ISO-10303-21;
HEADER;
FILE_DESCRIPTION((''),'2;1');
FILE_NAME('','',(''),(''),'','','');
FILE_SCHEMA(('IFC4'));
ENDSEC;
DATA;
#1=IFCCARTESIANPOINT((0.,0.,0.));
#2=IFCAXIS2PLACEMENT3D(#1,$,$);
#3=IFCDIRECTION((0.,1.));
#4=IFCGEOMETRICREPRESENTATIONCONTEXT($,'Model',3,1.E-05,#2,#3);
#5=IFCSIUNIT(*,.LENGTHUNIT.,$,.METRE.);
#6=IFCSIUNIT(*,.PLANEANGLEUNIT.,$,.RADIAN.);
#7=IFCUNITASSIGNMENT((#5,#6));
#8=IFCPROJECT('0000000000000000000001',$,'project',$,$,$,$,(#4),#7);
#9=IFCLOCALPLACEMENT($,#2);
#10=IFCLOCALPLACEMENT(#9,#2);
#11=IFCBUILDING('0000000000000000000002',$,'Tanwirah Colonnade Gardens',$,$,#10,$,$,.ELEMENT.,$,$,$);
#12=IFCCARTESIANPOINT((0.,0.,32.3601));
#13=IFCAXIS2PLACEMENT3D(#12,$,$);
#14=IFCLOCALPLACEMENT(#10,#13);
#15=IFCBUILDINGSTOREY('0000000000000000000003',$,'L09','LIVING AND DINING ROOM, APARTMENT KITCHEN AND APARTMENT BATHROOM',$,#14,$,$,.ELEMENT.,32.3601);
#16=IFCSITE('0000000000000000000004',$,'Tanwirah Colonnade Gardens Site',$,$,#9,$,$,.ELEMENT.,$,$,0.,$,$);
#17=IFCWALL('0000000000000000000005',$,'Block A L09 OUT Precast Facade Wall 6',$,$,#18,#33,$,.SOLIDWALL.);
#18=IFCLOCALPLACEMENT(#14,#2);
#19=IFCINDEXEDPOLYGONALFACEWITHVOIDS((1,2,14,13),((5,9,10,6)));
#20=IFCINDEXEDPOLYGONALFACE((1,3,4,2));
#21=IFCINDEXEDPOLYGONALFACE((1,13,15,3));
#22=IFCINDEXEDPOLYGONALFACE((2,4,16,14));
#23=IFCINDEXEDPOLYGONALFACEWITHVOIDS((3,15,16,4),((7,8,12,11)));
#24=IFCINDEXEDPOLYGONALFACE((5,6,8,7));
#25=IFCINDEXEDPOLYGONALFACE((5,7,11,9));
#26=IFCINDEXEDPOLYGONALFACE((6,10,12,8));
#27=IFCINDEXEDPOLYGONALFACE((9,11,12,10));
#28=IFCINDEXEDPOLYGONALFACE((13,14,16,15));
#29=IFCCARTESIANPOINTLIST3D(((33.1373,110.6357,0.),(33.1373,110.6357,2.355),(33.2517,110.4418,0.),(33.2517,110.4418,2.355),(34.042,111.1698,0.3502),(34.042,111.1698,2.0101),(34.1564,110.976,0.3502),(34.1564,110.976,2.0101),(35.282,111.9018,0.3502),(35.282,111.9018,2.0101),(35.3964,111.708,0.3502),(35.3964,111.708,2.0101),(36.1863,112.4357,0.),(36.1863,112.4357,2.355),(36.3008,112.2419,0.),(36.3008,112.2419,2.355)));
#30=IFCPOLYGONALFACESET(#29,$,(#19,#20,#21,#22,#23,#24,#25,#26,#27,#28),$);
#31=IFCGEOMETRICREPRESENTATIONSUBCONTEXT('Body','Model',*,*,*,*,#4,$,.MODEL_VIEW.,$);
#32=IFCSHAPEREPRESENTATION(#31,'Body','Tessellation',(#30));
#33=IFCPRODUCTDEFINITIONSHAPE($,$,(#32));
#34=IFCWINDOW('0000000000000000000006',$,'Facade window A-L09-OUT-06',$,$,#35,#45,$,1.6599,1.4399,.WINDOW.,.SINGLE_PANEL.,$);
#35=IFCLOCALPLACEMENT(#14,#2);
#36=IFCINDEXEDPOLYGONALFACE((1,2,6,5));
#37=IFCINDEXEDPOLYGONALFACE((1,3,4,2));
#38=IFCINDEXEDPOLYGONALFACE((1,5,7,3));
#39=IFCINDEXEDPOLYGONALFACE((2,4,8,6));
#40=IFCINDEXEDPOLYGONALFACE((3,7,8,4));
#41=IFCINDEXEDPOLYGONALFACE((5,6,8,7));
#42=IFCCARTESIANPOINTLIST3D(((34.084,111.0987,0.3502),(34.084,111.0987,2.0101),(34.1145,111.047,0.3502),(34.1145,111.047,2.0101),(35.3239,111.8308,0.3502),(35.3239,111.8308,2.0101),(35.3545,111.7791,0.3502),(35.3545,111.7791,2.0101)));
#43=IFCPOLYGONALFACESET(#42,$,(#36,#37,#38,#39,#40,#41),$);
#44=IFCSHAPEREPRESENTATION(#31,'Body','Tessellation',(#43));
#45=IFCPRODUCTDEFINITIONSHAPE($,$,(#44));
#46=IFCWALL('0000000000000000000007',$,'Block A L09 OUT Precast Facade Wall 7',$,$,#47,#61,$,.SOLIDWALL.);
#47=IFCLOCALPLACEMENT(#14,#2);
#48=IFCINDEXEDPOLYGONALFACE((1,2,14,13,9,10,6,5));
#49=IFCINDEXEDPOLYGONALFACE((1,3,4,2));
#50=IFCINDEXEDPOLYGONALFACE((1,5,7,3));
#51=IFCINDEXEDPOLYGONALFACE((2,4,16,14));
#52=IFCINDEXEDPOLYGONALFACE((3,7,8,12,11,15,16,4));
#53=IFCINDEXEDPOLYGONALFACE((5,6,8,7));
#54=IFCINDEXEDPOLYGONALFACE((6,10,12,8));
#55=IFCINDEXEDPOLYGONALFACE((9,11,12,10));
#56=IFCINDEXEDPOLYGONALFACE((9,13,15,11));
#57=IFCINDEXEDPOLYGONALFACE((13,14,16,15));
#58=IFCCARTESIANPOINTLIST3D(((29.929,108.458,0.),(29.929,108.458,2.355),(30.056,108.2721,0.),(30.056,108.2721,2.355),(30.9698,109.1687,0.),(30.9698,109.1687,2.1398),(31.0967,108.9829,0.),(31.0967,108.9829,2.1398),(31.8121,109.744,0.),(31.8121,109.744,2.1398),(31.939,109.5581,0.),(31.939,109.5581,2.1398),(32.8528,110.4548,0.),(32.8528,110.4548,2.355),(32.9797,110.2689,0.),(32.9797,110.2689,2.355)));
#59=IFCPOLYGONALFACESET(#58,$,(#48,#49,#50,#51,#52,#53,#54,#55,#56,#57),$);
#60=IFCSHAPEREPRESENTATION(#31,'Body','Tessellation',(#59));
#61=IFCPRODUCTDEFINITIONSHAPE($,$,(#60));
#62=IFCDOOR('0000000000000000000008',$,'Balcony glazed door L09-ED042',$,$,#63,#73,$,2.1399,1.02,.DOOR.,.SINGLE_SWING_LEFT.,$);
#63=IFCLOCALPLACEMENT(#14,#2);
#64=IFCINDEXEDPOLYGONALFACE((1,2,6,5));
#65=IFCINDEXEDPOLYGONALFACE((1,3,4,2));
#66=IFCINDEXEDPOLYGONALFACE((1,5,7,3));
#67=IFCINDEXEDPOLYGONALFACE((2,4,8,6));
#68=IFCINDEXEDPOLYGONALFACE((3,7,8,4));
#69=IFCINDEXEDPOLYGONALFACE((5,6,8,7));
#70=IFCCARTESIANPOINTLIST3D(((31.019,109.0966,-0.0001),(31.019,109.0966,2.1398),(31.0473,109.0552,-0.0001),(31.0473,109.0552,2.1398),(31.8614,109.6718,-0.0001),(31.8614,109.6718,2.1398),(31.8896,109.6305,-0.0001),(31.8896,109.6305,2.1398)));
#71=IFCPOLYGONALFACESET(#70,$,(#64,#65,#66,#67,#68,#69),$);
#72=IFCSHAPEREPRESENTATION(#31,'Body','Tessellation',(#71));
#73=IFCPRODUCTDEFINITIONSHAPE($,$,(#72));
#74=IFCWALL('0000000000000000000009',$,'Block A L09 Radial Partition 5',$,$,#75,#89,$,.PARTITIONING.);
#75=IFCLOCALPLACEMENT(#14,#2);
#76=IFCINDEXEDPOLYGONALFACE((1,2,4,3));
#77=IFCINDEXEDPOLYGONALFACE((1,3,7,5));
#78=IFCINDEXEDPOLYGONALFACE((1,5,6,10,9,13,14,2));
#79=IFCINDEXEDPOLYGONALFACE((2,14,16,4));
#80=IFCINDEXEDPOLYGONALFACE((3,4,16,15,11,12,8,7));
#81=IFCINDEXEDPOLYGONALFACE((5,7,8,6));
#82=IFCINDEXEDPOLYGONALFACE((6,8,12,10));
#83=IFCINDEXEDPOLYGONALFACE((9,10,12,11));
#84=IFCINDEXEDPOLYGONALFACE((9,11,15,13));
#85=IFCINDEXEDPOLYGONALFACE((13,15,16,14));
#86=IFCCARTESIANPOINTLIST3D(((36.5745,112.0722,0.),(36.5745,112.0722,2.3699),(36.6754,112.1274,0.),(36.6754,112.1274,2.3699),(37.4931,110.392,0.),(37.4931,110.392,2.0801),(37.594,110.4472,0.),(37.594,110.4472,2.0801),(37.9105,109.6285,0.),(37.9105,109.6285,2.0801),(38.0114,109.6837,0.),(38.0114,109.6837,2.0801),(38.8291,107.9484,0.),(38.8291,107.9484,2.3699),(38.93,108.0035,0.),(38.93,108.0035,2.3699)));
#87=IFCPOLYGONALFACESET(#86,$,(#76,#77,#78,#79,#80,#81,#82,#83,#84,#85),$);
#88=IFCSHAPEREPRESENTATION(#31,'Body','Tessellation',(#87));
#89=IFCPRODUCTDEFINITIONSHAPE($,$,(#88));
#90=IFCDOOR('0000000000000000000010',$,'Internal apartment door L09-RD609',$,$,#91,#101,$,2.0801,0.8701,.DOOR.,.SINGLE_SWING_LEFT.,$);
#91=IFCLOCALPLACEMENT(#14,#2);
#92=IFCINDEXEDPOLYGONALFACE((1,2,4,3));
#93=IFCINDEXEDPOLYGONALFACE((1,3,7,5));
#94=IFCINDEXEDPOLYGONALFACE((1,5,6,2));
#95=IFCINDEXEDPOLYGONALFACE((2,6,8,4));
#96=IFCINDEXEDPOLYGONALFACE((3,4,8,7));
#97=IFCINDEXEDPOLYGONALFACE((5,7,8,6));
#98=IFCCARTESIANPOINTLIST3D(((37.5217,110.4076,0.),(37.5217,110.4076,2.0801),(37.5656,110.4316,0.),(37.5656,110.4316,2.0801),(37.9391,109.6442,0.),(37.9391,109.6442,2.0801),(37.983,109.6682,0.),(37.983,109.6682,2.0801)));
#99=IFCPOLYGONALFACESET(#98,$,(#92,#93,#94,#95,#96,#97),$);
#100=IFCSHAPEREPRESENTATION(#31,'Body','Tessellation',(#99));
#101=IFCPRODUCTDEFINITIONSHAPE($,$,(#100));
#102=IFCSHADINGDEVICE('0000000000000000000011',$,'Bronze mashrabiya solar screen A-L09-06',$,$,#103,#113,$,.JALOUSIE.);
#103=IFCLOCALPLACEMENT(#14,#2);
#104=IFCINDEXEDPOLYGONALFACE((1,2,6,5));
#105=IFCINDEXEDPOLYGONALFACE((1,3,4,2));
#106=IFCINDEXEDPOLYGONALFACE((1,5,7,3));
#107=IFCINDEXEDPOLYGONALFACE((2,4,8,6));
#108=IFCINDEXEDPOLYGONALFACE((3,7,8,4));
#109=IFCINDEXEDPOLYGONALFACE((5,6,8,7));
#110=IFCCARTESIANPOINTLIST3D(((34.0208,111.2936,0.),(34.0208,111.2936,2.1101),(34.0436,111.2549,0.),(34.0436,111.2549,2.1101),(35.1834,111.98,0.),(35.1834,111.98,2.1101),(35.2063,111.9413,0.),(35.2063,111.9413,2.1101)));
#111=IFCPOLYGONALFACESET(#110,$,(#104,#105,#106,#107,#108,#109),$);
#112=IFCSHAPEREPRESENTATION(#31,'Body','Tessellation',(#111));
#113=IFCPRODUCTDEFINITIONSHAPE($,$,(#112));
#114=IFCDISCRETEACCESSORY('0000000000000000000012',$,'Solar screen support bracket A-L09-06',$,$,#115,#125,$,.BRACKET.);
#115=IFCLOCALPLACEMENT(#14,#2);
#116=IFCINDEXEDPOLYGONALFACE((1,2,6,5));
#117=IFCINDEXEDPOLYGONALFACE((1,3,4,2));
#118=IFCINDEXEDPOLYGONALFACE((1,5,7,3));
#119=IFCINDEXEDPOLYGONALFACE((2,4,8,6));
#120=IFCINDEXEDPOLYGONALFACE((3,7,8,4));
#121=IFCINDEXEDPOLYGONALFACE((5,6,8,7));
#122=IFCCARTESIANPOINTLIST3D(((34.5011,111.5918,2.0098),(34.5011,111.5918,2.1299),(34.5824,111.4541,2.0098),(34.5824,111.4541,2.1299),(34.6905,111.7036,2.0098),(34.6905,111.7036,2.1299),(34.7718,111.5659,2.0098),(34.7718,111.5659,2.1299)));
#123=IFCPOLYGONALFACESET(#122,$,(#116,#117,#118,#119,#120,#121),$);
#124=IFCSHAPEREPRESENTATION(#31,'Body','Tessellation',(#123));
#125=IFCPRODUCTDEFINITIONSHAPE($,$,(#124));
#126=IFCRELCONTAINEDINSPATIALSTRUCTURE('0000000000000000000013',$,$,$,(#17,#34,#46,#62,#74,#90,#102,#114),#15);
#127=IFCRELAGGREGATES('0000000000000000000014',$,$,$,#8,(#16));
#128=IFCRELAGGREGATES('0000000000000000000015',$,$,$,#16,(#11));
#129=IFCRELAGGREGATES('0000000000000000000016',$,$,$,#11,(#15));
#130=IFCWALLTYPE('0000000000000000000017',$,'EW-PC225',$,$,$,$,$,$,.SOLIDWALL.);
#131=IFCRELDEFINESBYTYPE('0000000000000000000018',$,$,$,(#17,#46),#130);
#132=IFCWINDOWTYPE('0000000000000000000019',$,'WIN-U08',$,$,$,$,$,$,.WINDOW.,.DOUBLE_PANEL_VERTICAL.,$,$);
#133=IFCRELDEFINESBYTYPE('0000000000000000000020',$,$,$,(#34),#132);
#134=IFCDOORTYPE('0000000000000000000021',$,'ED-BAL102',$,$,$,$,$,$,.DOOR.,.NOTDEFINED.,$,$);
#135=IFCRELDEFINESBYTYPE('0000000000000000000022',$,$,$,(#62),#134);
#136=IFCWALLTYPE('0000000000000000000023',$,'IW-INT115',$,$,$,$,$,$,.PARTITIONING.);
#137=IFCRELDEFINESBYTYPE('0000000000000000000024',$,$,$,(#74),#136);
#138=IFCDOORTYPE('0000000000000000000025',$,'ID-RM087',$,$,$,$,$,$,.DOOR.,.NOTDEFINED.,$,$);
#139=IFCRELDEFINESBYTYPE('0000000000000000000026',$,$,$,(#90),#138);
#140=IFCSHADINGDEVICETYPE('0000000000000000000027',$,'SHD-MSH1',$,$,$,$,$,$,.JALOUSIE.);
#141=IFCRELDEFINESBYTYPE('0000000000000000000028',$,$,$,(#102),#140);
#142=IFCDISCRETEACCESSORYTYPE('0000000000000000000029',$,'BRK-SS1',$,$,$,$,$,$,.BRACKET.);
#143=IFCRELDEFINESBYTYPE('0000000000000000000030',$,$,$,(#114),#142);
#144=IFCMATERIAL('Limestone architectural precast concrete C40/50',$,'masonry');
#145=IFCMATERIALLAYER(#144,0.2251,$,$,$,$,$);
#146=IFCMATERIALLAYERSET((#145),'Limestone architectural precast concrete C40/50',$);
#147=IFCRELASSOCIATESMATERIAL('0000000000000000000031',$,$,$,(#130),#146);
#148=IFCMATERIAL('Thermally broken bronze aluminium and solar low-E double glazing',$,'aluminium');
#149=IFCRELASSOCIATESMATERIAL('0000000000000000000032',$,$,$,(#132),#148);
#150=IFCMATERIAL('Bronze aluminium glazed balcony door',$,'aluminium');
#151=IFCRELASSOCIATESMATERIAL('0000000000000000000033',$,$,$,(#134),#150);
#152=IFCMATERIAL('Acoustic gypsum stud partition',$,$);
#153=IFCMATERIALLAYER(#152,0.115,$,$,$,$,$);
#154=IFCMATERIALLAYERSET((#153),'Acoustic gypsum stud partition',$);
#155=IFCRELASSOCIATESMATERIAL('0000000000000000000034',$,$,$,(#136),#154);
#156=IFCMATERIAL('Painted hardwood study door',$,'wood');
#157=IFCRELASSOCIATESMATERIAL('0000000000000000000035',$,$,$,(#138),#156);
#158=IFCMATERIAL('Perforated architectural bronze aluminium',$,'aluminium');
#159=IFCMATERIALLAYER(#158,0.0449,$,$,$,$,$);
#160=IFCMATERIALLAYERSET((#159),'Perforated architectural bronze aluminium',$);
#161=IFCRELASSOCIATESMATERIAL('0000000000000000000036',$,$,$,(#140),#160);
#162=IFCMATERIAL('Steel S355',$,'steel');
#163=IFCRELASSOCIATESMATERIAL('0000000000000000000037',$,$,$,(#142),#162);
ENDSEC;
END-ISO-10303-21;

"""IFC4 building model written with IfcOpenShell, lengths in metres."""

from ifc_helpers import new_model, si_unit, direction, frame, frame_2d, origin, origin_2d, place, context, subcontext, project, spatial, rectangle, extrude, material, layer, layer_set, type_object, element, fill, save


model = new_model("IFC4")

# Units and contexts
model_context = context("Model", 3, precision=1e-05, world=origin(), true_north=direction((0.0, 1.0)))
body_context = subcontext(model_context, "Body", "Model", "MODEL_VIEW")
ifc_project = project(units=[si_unit("LENGTHUNIT", "METRE"), si_unit("PLANEANGLEUNIT", "RADIAN")], contexts=[model_context])

# Site, building, storey
site_placement = place(None, origin())
site = spatial("IfcSite", under=ifc_project, at=site_placement, Name="Tanwirah Colonnade Gardens Site", CompositionType="ELEMENT", RefElevation=0.0)
building_placement = place(site_placement, origin())
building = spatial("IfcBuilding", under=site, at=building_placement, Name="Tanwirah Colonnade Gardens", CompositionType="ELEMENT")
storey_placement = place(building_placement, frame((0.0, 0.0, 32.3601)))
storey = spatial("IfcBuildingStorey", under=building, at=storey_placement, Name="L09", Description="LIVING AND DINING ROOM, APARTMENT KITCHEN AND APARTMENT BATHROOM", CompositionType="ELEMENT", Elevation=32.3601)

# Wall, opening, window
ifc_material_1 = material(Name="Limestone architectural precast concrete C40/50", Category="masonry")
ifc_layer_1 = layer(ifc_material_1, 0.2251)
ifc_layer_set_1 = layer_set([ifc_layer_1], Name="Limestone architectural precast concrete C40/50")
wall_type_1 = type_object("IfcWallType", Name="EW-PC225", PredefinedType="SOLIDWALL", material=ifc_layer_set_1)
ifc_material_2 = material(Name="Thermally broken bronze aluminium and solar low-E double glazing", Category="aluminium")
wall_1_placement = place(storey_placement, frame((36.2437, 112.3389, 0.0), z_axis=(0.0, 0.0, 1.0), x_axis=(-0.861134, -0.508378, 0.0)))
wall_1 = element("IfcWall", 1, at=wall_1_placement, inside=storey, type_object=wall_type_1, Name="Block A L09 OUT Precast Facade Wall 6", PredefinedType="SOLIDWALL", context=body_context, shape_type="SweptSolid", body=[
    extrude(rectangle(XDim=3.5408, YDim=0.2251, at=frame_2d((1.7705, 0.0))), origin(), (0.0, 0.0, 1.0), 2.355),
])
opening_1_placement = place(wall_1_placement, frame((1.0503, 0.0, 0.3501)))
opening_1 = element("IfcOpeningElement", 2, at=opening_1_placement, cuts=wall_1, PredefinedType="OPENING", context=body_context, shape_type="SweptSolid", body=[
    extrude(rectangle(XDim=1.4399, YDim=1.6599, at=frame_2d((0.72, 0.8301))), frame((0.0, 0.1226, 0.0), z_axis=(0.0, -1.0, 0.0), x_axis=(1.0, 0.0, 0.0)), (0.0, 0.0, 1.0), 0.2451),
])
window_type_1 = type_object("IfcWindowType", Name="WIN-U08", PartitioningType="DOUBLE_PANEL_VERTICAL", PredefinedType="WINDOW", material=ifc_material_2)
window_1_placement = place(opening_1_placement, origin())
window_1 = element("IfcWindow", 3, at=window_1_placement, inside=storey, type_object=window_type_1, Name="Facade window A-L09-OUT-06", OverallHeight=1.6599, OverallWidth=1.4399, PartitioningType="SINGLE_PANEL", PredefinedType="WINDOW", context=body_context, shape_type="SweptSolid", body=[
    extrude(rectangle(XDim=1.4399, YDim=1.6599, at=frame_2d((0.72, 0.8301))), frame((0.0, 0.03, 0.0), z_axis=(0.0, -1.0, 0.0), x_axis=(1.0, 0.0, 0.0)), (0.0, 0.0, 1.0), 0.0601),
])
fill(opening_1, window_1)

# Walls, openings, doors
wall_2_placement = place(storey_placement, frame((32.9163, 110.3618, 0.0), z_axis=(0.0, 0.0, 1.0), x_axis=(-0.825792, -0.563974, 0.0)))
wall_2 = element("IfcWall", 4, at=wall_2_placement, inside=storey, type_object=wall_type_1, Name="Block A L09 OUT Precast Facade Wall 7", PredefinedType="SOLIDWALL", context=body_context, shape_type="SweptSolid", body=[
    extrude(rectangle(XDim=3.5405, YDim=0.2251, at=frame_2d((1.7703, 0.0))), origin(), (0.0, 0.0, 1.0), 2.355),
])
opening_2_placement = place(wall_2_placement, frame((1.2603, 0.0, 0.0)))
opening_2 = element("IfcOpeningElement", 5, at=opening_2_placement, cuts=wall_2, PredefinedType="OPENING", context=body_context, shape_type="SweptSolid", body=[
    extrude(rectangle(XDim=1.02, YDim=2.1399, at=frame_2d((0.51, 1.0698))), frame((0.0, 0.1226, 0.0), z_axis=(0.0, -1.0, 0.0), x_axis=(1.0, 0.0, 0.0)), (0.0, 0.0, 1.0), 0.2451),
])
ifc_material_3 = material(Name="Bronze aluminium glazed balcony door", Category="aluminium")
door_type_1 = type_object("IfcDoorType", Name="ED-BAL102", OperationType="NOTDEFINED", PredefinedType="DOOR", material=ifc_material_3)
door_1_placement = place(opening_2_placement, origin())
door_1 = element("IfcDoor", 6, at=door_1_placement, inside=storey, type_object=door_type_1, Name="Balcony glazed door L09-ED042", OperationType="SINGLE_SWING_LEFT", OverallHeight=2.1399, OverallWidth=1.02, PredefinedType="DOOR", context=body_context, shape_type="SweptSolid", body=[
    extrude(rectangle(XDim=1.02, YDim=2.1399, at=frame_2d((0.51, 1.0698))), frame((0.0, 0.0249, 0.0), z_axis=(0.0, -1.0, 0.0), x_axis=(1.0, 0.0, 0.0)), (0.0, 0.0, 1.0), 0.05),
])
fill(opening_2, door_1)
ifc_material_4 = material(Name="Acoustic gypsum stud partition")
ifc_layer_2 = layer(ifc_material_4, 0.115)
ifc_layer_set_2 = layer_set([ifc_layer_2], Name="Acoustic gypsum stud partition")
wall_type_2 = type_object("IfcWallType", Name="IW-INT115", PredefinedType="PARTITIONING", material=ifc_layer_set_2)
wall_3_placement = place(storey_placement, frame((38.8796, 107.9758, 0.0), z_axis=(0.0, 0.0, 1.0), x_axis=(-0.479722, 0.877421, 0.0)))
wall_3 = element("IfcWall", 7, at=wall_3_placement, inside=storey, type_object=wall_type_2, Name="Block A L09 Radial Partition 5", PredefinedType="PARTITIONING", context=body_context, shape_type="SweptSolid", body=[
    extrude(rectangle(XDim=4.7, YDim=0.115, at=frame_2d((2.3501, 0.0))), origin(), (0.0, 0.0, 1.0), 2.3699),
])
opening_3_placement = place(wall_3_placement, frame((1.915, 0.0, 0.0)))
opening_3 = element("IfcOpeningElement", 8, at=opening_3_placement, cuts=wall_3, PredefinedType="OPENING", context=body_context, shape_type="SweptSolid", body=[
    extrude(rectangle(XDim=0.8701, YDim=2.0801, at=frame_2d((0.4351, 1.04))), frame((0.0, 0.0674, 0.0), z_axis=(0.0, -1.0, 0.0), x_axis=(1.0, 0.0, 0.0)), (0.0, 0.0, 1.0), 0.135),
])
ifc_material_5 = material(Name="Painted hardwood study door", Category="wood")
door_type_2 = type_object("IfcDoorType", Name="ID-RM087", OperationType="NOTDEFINED", PredefinedType="DOOR", material=ifc_material_5)
door_2_placement = place(opening_3_placement, origin())
door_2 = element("IfcDoor", 9, at=door_2_placement, inside=storey, type_object=door_type_2, Name="Internal apartment door L09-RD609", OperationType="SINGLE_SWING_LEFT", OverallHeight=2.0801, OverallWidth=0.8701, PredefinedType="DOOR", context=body_context, shape_type="SweptSolid", body=[
    extrude(rectangle(XDim=0.8701, YDim=2.0801, at=frame_2d((0.4351, 1.04))), frame((0.0, 0.0249, 0.0), z_axis=(0.0, -1.0, 0.0), x_axis=(1.0, 0.0, 0.0)), (0.0, 0.0, 1.0), 0.05),
])
fill(opening_3, door_2)

# Shading device
ifc_material_6 = material(Name="Perforated architectural bronze aluminium", Category="aluminium")
ifc_layer_3 = layer(ifc_material_6, 0.0449)
ifc_layer_set_3 = layer_set([ifc_layer_3], Name="Perforated architectural bronze aluminium")
shading_device_type = type_object("IfcShadingDeviceType", Name="SHD-MSH1", PredefinedType="JALOUSIE", material=ifc_layer_set_3)
shading_device_placement = place(storey_placement, frame((34.6135, 111.6174, 0.0), z_axis=(0.0, 0.0, 1.0), x_axis=(-0.861136, -0.508375, 0.0)))
element("IfcShadingDevice", 10, at=shading_device_placement, inside=storey, type_object=shading_device_type, Name="Bronze mashrabiya solar screen A-L09-06", PredefinedType="JALOUSIE", context=body_context, shape_type="SweptSolid", body=[
    extrude(rectangle(XDim=1.3501, YDim=0.0449, at=origin_2d()), origin(), (0.0, 0.0, 1.0), 2.1101),
])

# Discrete accessory
ifc_material_7 = material(Name="Steel S355", Category="steel")
discrete_accessory_type = type_object("IfcDiscreteAccessoryType", Name="BRK-SS1", PredefinedType="BRACKET", material=ifc_material_7)
discrete_accessory_placement = place(storey_placement, frame((34.6365, 111.5789, 2.0098), z_axis=(0.0, 0.0, 1.0), x_axis=(-0.861136, -0.508375, 0.0)))
element("IfcDiscreteAccessory", 11, at=discrete_accessory_placement, inside=storey, type_object=discrete_accessory_type, Name="Solar screen support bracket A-L09-06", PredefinedType="BRACKET", context=body_context, shape_type="SweptSolid", body=[
    extrude(rectangle(XDim=0.22, YDim=0.1599, at=origin_2d()), origin(), (0.0, 0.0, 1.0), 0.1201),
])

save(model, "model.ifc")
